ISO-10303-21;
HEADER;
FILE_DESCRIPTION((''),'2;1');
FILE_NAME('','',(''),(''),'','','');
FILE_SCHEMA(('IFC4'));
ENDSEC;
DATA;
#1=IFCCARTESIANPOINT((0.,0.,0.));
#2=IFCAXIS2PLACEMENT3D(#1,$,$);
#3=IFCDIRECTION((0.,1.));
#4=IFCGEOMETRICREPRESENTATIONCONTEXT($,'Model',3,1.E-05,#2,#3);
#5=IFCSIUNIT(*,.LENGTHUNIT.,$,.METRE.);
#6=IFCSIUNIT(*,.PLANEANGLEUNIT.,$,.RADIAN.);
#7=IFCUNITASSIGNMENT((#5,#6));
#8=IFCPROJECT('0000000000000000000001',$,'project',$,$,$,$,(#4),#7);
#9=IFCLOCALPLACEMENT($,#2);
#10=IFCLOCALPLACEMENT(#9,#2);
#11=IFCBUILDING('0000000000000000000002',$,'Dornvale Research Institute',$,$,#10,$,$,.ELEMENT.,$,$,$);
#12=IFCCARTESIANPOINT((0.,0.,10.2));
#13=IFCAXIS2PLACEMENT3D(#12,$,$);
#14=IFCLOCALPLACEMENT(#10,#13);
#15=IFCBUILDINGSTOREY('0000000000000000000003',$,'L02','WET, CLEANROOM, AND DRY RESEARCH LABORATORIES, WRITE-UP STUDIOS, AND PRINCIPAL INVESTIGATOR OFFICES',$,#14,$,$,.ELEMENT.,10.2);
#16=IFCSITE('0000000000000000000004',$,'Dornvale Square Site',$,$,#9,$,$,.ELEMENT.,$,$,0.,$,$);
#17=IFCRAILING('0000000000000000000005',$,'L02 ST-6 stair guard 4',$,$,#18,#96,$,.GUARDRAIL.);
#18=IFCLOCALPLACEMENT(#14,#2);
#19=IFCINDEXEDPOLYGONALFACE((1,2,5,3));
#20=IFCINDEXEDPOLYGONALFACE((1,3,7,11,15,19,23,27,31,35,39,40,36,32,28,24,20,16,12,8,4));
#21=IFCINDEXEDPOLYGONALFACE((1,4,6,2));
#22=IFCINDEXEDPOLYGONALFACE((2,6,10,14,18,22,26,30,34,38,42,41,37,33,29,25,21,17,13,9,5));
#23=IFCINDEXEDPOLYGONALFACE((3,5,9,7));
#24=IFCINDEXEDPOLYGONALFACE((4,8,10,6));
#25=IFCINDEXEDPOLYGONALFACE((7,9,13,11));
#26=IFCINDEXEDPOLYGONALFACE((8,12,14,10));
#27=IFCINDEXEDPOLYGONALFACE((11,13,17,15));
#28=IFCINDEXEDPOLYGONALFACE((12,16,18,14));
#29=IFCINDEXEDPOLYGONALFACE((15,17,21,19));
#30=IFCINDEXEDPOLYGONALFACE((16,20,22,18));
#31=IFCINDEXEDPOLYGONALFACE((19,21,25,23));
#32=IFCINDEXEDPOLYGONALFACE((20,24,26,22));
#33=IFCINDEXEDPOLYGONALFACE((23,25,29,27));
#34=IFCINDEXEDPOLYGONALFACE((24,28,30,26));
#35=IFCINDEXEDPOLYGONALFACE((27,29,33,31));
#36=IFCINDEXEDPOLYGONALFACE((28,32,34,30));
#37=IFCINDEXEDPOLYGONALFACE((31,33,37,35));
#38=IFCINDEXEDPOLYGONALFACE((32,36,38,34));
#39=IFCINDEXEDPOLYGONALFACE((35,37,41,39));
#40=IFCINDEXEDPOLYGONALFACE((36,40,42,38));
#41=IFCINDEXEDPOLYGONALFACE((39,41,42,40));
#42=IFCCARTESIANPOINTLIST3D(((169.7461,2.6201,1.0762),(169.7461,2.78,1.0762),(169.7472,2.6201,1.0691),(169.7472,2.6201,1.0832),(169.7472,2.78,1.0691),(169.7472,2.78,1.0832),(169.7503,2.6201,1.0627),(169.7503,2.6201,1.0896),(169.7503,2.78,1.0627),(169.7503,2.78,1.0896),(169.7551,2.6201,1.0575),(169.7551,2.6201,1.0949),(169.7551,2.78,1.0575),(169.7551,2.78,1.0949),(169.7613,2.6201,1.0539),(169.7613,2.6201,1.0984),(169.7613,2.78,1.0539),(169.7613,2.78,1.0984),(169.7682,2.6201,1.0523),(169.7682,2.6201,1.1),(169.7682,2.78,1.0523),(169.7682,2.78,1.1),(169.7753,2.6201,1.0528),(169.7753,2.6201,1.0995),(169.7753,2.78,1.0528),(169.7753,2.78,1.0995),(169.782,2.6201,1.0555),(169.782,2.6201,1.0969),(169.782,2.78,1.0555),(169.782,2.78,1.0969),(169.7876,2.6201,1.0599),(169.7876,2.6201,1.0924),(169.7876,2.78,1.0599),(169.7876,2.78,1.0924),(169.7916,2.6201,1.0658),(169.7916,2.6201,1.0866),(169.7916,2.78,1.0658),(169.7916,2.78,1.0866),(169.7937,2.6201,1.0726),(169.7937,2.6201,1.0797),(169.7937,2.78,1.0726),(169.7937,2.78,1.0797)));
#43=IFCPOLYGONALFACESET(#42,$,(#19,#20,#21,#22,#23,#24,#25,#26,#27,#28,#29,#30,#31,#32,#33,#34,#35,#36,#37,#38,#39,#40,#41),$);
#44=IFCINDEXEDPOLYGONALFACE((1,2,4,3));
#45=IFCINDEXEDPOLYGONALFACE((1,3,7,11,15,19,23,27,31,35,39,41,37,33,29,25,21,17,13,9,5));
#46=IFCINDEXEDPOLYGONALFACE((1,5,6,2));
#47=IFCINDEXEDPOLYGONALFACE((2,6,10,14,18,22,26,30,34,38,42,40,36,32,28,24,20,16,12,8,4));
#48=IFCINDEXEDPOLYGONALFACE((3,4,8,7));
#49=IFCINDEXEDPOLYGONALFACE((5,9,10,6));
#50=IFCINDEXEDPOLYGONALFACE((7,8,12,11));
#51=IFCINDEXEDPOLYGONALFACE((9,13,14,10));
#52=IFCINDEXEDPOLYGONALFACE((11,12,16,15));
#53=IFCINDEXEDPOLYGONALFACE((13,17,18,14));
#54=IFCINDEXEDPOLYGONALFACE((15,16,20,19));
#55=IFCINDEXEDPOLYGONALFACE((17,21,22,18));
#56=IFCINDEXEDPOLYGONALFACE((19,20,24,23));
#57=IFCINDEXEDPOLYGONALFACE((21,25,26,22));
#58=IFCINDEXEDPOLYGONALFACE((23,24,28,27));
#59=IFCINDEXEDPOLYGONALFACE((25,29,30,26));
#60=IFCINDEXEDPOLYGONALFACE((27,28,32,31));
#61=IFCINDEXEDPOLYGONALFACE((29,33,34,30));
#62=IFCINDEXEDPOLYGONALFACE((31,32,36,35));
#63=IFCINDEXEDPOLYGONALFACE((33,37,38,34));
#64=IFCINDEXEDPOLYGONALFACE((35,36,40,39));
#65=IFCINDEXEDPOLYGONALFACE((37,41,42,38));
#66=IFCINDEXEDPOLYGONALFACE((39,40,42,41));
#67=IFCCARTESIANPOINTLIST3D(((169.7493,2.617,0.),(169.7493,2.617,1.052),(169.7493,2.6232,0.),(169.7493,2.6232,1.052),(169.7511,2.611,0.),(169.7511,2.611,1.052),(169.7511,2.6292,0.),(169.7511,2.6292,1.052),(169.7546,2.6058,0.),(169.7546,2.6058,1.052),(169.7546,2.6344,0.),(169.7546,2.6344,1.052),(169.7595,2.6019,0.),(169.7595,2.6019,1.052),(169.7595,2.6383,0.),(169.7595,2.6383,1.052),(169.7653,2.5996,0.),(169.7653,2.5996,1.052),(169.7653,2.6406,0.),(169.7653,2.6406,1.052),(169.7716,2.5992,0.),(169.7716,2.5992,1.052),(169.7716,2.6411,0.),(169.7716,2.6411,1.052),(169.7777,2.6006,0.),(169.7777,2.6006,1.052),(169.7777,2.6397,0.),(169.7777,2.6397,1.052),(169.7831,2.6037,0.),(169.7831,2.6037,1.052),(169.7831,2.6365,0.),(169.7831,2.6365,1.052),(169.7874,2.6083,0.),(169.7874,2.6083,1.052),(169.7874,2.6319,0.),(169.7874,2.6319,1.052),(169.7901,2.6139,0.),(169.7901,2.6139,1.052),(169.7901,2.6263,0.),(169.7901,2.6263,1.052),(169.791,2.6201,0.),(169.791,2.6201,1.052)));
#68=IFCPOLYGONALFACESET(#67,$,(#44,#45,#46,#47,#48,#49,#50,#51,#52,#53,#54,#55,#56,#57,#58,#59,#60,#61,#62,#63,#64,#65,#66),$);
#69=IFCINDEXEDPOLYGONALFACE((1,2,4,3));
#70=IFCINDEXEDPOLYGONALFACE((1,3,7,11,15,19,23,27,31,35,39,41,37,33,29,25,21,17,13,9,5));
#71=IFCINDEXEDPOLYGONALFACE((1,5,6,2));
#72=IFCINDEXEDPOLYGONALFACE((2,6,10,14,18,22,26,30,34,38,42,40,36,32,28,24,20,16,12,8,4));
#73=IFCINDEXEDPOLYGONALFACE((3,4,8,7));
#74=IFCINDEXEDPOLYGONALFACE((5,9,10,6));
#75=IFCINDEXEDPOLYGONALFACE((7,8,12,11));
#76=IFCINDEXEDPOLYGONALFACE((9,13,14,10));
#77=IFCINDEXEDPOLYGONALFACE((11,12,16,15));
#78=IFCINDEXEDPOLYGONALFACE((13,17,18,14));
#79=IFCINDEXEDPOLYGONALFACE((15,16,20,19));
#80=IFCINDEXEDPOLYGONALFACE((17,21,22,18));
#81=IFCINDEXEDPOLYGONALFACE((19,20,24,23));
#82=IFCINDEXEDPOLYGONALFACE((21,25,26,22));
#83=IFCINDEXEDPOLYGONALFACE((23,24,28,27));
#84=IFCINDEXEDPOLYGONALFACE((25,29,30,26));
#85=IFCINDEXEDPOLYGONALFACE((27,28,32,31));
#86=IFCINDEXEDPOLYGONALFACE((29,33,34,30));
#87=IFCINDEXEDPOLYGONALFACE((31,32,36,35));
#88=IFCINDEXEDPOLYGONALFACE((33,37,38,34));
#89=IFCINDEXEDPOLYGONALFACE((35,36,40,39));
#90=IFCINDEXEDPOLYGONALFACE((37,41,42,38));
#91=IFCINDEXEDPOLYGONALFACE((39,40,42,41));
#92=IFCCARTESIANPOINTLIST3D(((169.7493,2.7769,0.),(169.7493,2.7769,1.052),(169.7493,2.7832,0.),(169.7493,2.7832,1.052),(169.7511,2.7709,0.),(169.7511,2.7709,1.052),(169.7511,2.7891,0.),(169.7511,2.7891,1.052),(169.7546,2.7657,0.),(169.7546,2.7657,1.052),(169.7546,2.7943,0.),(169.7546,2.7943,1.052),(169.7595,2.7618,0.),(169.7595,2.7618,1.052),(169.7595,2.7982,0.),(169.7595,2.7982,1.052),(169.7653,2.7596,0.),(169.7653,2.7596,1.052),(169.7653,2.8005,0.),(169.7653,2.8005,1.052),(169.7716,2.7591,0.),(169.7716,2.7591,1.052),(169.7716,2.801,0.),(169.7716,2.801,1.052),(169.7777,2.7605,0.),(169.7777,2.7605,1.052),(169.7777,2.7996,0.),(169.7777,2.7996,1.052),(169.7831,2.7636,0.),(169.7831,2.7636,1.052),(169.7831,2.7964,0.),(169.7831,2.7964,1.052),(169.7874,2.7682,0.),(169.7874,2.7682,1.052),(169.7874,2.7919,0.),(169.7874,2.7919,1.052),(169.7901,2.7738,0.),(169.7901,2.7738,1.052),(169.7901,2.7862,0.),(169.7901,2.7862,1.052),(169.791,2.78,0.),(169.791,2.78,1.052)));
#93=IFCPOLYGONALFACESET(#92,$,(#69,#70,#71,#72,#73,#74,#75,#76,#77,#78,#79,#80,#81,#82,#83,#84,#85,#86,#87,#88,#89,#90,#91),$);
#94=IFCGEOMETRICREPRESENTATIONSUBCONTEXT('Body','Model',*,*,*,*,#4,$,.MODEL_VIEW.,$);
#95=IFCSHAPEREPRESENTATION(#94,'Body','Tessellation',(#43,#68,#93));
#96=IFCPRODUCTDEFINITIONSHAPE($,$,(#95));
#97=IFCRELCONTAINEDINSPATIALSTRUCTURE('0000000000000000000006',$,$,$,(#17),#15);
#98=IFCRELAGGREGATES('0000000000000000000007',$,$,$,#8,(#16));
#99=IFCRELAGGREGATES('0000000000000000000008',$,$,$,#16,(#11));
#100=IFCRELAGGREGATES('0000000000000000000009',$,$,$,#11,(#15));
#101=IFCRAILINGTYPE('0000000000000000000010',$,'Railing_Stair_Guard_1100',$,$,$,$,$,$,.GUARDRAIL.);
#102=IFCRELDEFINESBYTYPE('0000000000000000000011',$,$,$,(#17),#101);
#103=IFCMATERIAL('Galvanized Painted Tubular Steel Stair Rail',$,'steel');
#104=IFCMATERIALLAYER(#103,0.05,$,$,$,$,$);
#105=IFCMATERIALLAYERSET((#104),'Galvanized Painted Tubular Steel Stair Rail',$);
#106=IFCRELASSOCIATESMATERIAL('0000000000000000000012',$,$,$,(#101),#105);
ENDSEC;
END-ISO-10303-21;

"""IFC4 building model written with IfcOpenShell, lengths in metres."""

from ifc_helpers import new_model, si_unit, direction, frame, origin, origin_2d, place, context, subcontext, project, spatial, circle, extrude, material, layer, layer_set, type_object, element, save


model = new_model("IFC4")

# Units and contexts
model_context = context("Model", 3, precision=1e-05, world=origin(), true_north=direction((0.0, 1.0)))
body_context = subcontext(model_context, "Body", "Model", "MODEL_VIEW")
ifc_project = project(units=[si_unit("LENGTHUNIT", "METRE"), si_unit("PLANEANGLEUNIT", "RADIAN")], contexts=[model_context])

# Site, building, storey
site_placement = place(None, origin())
site = spatial("IfcSite", under=ifc_project, at=site_placement, Name="Dornvale Square Site", CompositionType="ELEMENT", RefElevation=0.0)
building_placement = place(site_placement, origin())
building = spatial("IfcBuilding", under=site, at=building_placement, Name="Dornvale Research Institute", CompositionType="ELEMENT")
storey_placement = place(building_placement, frame((0.0, 0.0, 10.2)))
storey = spatial("IfcBuildingStorey", under=building, at=storey_placement, Name="L02", Description="WET, CLEANROOM, AND DRY RESEARCH LABORATORIES, WRITE-UP STUDIOS, AND PRINCIPAL INVESTIGATOR OFFICES", CompositionType="ELEMENT", Elevation=10.2)

# Railing
ifc_material_1 = material(Name="Galvanized Painted Tubular Steel Stair Rail", Category="steel")
ifc_layer_1 = layer(ifc_material_1, 0.05)
ifc_layer_set_1 = layer_set([ifc_layer_1], Name="Galvanized Painted Tubular Steel Stair Rail")
railing_type_1 = type_object("IfcRailingType", Name="Railing_Stair_Guard_1100", PredefinedType="GUARDRAIL", material=ifc_layer_set_1)
railing_1_placement = place(storey_placement, frame((169.77, 2.6201, 0.0)))
element("IfcRailing", 1, at=railing_1_placement, inside=storey, type_object=railing_type_1, Name="L02 ST-6 stair guard 4", PredefinedType="GUARDRAIL", context=body_context, shape_type="SweptSolid", body=[
    extrude(circle(Radius=0.0239, at=origin_2d()), frame((0.0, 0.0, 1.0762), z_axis=(0.0, 1.0, 0.0), x_axis=(-1.0, 0.0, 0.0)), (0.0, 0.0, 1.0), 0.1599),
    extrude(circle(Radius=0.021, at=origin_2d()), origin(), (0.0, 0.0, 1.0), 1.052),
    extrude(circle(Radius=0.021, at=origin_2d()), frame((0.0, 0.1599, 0.0)), (0.0, 0.0, 1.0), 1.052),
])

save(model, "model.ifc")
